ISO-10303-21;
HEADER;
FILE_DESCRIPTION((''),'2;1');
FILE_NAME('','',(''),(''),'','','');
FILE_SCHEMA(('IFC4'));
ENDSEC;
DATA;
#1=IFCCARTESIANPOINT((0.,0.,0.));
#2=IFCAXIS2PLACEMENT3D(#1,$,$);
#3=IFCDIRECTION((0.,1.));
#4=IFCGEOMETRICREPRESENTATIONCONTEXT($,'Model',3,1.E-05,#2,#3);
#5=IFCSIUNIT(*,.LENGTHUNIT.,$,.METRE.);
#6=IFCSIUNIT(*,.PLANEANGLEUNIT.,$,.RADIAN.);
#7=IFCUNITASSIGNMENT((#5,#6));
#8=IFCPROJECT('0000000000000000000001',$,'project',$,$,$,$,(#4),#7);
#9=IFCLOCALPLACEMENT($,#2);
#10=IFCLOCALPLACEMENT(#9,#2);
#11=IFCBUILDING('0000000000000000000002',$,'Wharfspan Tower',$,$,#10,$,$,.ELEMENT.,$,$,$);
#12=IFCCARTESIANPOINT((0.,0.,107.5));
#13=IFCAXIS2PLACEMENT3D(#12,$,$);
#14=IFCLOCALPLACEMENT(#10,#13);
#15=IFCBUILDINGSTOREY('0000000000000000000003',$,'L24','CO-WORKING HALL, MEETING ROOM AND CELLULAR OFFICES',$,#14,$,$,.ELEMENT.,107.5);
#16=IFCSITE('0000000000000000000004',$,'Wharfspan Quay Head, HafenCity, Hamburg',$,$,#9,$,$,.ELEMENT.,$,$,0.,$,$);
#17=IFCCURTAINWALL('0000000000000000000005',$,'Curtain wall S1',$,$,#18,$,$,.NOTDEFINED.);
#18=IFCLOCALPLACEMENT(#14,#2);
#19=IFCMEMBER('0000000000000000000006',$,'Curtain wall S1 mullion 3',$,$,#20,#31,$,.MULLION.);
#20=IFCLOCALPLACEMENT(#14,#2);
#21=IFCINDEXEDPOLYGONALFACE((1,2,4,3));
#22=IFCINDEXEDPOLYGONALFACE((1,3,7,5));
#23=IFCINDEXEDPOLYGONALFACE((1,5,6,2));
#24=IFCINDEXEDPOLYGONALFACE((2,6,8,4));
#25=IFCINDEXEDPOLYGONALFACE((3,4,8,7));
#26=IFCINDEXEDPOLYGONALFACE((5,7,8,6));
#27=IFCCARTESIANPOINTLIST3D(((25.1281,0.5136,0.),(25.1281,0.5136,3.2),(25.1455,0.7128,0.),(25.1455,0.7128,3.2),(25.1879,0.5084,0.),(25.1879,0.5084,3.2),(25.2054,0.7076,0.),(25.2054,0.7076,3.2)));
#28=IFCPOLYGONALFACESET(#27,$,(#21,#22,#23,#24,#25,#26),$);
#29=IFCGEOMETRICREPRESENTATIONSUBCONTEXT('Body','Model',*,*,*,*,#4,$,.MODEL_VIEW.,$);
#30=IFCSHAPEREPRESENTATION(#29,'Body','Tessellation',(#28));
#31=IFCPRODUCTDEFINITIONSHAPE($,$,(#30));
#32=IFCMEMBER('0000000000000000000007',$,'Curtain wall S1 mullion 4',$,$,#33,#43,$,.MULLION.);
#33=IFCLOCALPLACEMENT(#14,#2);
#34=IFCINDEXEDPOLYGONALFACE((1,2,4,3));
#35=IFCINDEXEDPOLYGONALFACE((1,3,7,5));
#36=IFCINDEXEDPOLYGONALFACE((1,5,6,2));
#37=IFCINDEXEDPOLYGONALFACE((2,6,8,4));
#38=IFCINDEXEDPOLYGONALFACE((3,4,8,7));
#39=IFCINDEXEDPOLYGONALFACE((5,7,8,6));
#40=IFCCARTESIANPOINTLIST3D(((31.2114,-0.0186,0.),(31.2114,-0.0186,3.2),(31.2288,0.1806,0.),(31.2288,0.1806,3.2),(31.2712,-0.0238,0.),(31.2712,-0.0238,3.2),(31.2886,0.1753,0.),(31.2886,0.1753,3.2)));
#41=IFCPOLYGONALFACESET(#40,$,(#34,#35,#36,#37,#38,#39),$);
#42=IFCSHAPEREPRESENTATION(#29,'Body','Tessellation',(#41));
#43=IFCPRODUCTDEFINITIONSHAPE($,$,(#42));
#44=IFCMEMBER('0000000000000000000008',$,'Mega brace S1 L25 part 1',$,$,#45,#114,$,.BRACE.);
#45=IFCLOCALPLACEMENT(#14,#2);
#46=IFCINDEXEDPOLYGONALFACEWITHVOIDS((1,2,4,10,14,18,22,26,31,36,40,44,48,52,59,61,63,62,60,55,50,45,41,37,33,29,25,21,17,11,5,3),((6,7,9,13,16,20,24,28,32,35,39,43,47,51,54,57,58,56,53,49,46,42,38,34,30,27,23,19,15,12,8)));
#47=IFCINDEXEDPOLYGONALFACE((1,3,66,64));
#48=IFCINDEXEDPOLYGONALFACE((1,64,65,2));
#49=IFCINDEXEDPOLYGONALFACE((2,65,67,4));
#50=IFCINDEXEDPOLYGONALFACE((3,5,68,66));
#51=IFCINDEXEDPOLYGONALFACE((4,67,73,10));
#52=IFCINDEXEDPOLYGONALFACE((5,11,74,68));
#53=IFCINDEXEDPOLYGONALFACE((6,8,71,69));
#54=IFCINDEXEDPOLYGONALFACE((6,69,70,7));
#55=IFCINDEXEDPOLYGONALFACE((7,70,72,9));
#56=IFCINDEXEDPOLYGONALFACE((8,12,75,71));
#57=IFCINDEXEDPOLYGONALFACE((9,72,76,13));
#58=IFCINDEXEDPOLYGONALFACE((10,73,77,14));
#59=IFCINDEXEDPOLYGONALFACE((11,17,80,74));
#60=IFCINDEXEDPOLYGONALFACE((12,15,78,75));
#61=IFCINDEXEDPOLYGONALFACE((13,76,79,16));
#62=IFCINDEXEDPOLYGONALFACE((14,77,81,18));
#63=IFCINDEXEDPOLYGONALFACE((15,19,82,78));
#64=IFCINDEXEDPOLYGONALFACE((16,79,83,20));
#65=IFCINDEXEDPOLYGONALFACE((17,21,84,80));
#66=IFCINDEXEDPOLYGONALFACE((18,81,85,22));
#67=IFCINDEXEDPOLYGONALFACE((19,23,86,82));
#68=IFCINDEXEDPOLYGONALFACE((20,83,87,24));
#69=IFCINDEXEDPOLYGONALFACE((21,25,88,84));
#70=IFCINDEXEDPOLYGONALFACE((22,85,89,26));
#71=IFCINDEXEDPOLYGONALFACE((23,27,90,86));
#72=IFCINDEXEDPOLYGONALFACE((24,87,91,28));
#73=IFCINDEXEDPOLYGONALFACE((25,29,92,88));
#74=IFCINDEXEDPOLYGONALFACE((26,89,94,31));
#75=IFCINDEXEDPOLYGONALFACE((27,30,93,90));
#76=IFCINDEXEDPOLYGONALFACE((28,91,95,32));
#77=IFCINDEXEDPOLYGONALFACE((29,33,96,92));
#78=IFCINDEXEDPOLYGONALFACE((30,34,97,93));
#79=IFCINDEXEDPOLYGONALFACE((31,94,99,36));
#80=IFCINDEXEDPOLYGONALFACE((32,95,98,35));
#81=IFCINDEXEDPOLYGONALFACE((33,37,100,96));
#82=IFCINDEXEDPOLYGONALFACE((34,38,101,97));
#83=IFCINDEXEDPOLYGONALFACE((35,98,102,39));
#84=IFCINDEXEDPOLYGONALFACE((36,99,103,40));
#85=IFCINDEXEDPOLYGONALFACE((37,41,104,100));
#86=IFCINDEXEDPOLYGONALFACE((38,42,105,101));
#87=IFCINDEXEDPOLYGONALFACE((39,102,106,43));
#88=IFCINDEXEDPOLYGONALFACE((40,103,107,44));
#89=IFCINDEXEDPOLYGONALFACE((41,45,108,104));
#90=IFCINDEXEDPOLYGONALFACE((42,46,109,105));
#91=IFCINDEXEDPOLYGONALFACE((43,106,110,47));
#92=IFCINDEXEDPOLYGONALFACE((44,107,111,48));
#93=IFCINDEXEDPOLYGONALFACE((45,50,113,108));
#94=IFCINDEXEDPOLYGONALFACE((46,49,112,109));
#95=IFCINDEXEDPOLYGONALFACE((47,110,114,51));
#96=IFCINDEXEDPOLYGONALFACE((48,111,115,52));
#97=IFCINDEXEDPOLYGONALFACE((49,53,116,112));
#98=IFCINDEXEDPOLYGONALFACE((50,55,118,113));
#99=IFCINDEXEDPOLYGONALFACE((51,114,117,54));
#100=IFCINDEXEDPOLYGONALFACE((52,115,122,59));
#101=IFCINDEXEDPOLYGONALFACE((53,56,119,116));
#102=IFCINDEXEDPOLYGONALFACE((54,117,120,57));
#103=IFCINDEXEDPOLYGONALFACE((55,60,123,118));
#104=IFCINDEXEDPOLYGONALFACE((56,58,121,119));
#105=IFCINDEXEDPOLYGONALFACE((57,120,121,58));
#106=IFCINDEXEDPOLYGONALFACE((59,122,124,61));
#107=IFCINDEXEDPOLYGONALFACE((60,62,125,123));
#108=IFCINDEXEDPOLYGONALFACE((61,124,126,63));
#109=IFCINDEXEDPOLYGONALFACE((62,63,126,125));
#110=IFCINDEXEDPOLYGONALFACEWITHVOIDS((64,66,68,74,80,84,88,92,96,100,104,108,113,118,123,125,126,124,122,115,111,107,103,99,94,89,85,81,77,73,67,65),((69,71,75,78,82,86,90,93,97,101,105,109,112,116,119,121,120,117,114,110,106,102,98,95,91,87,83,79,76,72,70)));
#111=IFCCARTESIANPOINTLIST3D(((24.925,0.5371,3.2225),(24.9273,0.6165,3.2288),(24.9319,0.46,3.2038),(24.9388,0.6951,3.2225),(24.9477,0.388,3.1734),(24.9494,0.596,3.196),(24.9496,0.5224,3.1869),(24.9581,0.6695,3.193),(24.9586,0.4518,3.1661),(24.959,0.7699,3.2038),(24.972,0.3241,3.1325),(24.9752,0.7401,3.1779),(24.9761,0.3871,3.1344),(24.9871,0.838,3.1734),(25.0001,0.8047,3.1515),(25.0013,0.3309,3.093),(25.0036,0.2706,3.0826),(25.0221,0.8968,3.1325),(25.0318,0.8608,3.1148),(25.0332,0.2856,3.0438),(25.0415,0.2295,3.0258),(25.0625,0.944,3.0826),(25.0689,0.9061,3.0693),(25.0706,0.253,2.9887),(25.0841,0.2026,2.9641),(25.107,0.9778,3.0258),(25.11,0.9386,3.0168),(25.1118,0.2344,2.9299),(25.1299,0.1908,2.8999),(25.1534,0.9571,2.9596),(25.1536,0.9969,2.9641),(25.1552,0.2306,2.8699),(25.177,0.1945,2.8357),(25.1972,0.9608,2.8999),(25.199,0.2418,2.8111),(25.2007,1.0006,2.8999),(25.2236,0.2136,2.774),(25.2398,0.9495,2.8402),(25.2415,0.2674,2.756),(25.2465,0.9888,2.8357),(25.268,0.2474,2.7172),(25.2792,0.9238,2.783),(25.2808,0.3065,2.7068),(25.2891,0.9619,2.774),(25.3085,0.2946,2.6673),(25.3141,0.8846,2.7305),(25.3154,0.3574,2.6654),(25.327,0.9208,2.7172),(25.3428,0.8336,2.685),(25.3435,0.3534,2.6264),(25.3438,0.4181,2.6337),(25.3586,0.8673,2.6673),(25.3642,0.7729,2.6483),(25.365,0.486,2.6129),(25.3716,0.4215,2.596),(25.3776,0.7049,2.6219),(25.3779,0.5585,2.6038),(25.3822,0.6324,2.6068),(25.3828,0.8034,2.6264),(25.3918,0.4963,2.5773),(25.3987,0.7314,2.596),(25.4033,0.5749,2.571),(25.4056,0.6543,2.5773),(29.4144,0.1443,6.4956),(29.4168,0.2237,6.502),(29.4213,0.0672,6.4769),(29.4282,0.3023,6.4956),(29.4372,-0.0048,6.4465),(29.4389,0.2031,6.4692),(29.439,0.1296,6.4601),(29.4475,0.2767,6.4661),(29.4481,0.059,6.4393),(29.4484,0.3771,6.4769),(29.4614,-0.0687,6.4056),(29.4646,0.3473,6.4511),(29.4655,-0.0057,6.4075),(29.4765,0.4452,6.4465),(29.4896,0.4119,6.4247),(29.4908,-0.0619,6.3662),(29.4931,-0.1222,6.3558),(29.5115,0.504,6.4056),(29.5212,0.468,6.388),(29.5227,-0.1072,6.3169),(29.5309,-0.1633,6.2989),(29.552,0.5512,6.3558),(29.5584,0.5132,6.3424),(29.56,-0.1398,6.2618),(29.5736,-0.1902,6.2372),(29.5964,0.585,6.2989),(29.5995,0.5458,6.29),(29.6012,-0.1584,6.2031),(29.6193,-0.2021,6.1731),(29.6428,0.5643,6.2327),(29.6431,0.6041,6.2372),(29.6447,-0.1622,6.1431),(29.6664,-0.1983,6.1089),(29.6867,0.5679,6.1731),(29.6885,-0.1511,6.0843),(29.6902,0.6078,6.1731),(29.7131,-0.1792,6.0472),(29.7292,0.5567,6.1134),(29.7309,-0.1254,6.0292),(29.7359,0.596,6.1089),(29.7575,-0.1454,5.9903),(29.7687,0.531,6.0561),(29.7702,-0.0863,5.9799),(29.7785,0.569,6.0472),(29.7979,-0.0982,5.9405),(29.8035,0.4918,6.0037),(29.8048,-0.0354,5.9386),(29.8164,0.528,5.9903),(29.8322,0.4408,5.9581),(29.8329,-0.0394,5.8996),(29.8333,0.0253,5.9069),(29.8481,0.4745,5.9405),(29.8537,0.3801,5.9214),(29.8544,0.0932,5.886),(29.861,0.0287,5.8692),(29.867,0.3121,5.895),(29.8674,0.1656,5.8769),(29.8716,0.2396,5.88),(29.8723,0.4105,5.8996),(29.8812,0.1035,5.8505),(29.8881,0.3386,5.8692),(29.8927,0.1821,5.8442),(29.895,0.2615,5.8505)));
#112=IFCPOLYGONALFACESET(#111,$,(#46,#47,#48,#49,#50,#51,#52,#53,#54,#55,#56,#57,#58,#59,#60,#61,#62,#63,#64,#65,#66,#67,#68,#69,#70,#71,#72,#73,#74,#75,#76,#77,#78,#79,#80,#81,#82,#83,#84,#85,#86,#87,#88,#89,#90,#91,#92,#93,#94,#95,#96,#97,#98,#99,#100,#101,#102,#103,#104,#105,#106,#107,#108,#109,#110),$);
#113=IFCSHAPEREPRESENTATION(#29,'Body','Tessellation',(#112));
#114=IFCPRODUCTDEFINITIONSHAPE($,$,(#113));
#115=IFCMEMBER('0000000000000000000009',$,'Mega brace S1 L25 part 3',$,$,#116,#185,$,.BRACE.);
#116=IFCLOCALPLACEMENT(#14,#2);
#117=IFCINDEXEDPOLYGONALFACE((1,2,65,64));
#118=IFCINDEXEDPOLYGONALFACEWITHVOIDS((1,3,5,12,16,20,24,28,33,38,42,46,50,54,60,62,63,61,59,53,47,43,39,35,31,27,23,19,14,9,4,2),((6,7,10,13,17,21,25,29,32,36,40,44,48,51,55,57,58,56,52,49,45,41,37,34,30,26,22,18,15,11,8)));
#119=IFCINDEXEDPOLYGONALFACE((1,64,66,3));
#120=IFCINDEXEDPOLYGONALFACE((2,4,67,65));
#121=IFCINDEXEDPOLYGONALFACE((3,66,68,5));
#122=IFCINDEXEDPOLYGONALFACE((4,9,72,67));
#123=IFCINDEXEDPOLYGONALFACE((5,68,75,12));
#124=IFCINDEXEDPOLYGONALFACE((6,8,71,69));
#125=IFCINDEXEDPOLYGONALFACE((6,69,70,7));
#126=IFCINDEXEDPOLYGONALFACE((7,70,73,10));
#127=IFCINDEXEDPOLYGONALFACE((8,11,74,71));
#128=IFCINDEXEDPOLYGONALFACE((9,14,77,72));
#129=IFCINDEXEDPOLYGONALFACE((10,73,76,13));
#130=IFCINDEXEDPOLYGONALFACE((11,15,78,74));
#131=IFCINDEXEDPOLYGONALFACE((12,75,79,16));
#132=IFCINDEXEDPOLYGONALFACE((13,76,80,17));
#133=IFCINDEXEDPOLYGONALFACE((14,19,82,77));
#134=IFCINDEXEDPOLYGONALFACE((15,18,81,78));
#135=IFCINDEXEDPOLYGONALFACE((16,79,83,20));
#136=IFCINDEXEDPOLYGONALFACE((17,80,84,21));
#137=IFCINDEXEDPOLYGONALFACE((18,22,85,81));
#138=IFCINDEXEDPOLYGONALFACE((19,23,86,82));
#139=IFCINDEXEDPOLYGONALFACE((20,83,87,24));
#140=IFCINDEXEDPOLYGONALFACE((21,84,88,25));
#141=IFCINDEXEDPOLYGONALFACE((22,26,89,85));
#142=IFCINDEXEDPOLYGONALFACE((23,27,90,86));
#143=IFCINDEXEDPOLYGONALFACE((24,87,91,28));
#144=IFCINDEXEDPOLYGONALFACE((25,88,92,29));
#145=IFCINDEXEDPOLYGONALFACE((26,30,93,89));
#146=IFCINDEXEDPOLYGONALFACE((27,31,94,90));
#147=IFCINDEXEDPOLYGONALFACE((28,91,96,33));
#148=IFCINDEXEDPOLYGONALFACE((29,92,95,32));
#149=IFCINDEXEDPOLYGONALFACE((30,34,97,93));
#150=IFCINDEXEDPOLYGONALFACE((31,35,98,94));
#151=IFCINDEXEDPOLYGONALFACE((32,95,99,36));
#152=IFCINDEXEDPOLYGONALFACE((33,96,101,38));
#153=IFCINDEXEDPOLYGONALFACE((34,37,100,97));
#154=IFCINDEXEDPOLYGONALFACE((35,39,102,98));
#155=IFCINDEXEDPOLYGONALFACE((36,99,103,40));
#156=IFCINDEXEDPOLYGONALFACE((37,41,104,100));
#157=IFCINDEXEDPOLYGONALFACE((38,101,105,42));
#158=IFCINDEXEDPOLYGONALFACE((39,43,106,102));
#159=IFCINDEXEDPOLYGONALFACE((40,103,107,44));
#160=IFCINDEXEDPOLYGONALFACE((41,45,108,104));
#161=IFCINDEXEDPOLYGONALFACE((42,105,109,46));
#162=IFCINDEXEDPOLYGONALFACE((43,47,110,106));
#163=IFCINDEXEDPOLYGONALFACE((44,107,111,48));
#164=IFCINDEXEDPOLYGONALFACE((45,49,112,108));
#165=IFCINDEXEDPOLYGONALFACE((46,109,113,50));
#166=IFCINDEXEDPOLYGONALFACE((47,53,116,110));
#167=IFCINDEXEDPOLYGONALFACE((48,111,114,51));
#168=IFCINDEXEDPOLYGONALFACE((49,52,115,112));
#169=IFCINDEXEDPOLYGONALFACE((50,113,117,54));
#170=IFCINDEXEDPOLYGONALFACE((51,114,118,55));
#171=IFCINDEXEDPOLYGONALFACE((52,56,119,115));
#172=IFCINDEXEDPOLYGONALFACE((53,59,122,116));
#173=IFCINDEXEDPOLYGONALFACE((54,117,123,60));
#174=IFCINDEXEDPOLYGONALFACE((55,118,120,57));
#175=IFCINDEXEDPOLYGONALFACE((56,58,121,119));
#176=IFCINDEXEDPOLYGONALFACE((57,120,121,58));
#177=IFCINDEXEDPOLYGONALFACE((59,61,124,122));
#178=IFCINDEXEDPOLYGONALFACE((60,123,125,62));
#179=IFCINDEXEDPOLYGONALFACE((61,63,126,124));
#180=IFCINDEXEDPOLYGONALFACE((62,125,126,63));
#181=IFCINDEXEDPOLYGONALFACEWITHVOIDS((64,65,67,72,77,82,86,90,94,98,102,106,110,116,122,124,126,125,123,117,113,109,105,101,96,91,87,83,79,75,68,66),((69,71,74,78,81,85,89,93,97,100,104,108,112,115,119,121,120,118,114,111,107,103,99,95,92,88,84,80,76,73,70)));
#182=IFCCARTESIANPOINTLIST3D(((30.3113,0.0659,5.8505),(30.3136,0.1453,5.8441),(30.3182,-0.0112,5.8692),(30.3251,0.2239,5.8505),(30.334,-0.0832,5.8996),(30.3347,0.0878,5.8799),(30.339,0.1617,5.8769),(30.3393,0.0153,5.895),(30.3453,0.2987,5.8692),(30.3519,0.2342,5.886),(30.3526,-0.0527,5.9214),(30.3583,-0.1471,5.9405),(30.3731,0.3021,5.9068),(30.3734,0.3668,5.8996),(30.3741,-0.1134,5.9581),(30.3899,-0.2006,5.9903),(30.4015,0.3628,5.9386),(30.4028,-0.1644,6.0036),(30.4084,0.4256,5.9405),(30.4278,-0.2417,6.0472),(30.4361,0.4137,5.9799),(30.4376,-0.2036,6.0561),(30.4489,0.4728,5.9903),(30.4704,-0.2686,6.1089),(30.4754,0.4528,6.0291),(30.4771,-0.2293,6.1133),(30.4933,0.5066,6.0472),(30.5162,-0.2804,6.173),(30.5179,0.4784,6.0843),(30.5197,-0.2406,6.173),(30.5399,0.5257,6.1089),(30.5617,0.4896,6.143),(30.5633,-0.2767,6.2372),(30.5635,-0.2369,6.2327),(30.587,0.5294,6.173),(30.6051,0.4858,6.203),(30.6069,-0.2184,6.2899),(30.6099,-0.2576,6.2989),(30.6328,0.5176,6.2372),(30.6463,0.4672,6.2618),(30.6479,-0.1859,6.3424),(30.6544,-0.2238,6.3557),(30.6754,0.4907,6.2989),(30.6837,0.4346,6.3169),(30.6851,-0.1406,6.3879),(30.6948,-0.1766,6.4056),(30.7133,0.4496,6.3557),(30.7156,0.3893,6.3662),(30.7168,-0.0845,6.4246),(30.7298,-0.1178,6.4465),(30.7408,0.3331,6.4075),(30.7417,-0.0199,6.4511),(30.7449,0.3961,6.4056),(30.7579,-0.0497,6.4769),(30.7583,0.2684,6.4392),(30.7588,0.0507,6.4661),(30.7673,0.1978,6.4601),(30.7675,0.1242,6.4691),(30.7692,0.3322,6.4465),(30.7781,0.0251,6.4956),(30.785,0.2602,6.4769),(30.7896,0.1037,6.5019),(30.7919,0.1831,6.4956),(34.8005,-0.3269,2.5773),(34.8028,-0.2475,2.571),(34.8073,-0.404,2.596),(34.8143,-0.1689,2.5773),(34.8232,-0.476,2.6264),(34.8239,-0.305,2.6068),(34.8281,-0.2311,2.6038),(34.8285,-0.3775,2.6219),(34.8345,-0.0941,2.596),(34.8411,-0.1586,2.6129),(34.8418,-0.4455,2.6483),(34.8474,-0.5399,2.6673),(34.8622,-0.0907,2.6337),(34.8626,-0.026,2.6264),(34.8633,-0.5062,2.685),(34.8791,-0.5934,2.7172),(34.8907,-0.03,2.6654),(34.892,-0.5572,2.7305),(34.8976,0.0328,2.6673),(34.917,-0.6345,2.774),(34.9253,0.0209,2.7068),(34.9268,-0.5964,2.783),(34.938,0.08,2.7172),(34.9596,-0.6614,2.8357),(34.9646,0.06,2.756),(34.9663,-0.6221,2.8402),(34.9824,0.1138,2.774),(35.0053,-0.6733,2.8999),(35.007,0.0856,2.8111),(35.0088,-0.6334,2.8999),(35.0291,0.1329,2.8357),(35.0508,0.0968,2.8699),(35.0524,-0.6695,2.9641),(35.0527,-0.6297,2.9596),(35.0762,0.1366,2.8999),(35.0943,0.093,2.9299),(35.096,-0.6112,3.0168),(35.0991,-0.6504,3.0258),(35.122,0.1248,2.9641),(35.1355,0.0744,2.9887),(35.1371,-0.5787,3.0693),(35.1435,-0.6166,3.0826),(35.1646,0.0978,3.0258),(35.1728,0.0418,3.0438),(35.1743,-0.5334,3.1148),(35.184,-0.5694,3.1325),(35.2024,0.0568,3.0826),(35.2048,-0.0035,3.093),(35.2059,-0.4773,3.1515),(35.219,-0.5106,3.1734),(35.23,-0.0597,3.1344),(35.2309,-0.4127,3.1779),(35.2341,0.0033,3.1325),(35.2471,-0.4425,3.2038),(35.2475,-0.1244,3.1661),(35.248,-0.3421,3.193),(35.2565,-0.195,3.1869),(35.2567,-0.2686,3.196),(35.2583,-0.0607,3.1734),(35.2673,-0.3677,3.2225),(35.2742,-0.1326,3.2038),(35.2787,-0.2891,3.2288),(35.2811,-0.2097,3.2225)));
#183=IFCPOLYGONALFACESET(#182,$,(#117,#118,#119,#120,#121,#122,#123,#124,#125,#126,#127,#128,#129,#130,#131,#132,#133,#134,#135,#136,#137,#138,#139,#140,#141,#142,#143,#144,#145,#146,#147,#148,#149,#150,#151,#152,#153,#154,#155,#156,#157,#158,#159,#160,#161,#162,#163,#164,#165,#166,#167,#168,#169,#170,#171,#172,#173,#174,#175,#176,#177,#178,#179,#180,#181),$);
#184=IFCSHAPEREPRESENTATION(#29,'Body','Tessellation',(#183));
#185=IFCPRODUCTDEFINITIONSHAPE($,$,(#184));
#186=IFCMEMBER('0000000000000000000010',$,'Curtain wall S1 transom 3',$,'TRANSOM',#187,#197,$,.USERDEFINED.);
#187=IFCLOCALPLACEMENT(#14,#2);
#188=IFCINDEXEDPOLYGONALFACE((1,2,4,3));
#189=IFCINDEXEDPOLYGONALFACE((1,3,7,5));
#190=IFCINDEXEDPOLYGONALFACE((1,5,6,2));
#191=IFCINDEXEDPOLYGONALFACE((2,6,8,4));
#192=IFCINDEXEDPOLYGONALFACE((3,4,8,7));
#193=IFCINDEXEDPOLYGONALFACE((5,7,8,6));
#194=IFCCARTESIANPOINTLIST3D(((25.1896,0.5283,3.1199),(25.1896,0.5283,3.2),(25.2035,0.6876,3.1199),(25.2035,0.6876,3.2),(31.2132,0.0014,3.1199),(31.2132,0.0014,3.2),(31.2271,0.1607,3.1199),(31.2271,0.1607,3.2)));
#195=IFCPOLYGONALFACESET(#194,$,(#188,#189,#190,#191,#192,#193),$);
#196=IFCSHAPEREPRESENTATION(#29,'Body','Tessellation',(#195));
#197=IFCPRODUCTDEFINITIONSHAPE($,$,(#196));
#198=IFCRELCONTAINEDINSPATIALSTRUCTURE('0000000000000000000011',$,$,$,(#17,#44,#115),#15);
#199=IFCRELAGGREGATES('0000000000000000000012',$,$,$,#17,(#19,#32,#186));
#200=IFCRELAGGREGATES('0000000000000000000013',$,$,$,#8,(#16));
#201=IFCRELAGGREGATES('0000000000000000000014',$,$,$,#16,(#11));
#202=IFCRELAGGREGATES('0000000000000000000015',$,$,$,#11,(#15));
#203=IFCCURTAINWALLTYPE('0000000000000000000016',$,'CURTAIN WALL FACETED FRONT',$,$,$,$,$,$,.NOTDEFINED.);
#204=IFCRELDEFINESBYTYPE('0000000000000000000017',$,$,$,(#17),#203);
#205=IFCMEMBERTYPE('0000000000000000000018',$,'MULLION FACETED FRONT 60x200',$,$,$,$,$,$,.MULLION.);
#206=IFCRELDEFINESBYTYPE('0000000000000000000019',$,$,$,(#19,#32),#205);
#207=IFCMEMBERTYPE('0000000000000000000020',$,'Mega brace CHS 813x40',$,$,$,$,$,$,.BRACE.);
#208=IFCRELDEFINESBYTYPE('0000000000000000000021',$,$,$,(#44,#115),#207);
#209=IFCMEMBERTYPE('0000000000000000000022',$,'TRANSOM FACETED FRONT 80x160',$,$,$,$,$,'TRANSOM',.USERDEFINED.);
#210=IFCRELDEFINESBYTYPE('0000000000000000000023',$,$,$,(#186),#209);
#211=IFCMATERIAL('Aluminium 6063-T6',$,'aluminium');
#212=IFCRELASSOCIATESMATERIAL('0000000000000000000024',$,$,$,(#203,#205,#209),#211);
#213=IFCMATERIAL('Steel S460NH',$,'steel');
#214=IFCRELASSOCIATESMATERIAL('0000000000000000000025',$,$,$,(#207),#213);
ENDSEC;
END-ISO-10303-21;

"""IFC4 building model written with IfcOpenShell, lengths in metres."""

from ifc_helpers import new_model, si_unit, direction, frame, origin, origin_2d, place, context, subcontext, project, spatial, rectangle, hollow_circle, extrude, material, material_profile, profile_set, type_object, element, aggregate, save


model = new_model("IFC4")

# Units and contexts
model_context = context("Model", 3, precision=1e-05, world=origin(), true_north=direction((0.0, 1.0)))
body_context = subcontext(model_context, "Body", "Model", "MODEL_VIEW")
ifc_project = project(units=[si_unit("LENGTHUNIT", "METRE"), si_unit("PLANEANGLEUNIT", "RADIAN")], contexts=[model_context])

# Site, building, storey
site_placement = place(None, origin())
site = spatial("IfcSite", under=ifc_project, at=site_placement, Name="Wharfspan Quay Head, HafenCity, Hamburg", CompositionType="ELEMENT", RefElevation=0.0)
building_placement = place(site_placement, origin())
building = spatial("IfcBuilding", under=site, at=building_placement, Name="Wharfspan Tower", CompositionType="ELEMENT")
storey_placement = place(building_placement, frame((0.0, 0.0, 107.5)))
storey = spatial("IfcBuildingStorey", under=building, at=storey_placement, Name="L24", Description="CO-WORKING HALL, MEETING ROOM AND CELLULAR OFFICES", CompositionType="ELEMENT", Elevation=107.5)

# Curtain wall, members
ifc_material_1 = material(Name="Aluminium 6063-T6", Category="aluminium")
curtain_wall_type = type_object("IfcCurtainWallType", Name="CURTAIN WALL FACETED FRONT", PredefinedType="NOTDEFINED", material=ifc_material_1)
curtain_wall_placement = place(storey_placement, origin())
curtain_wall = element("IfcCurtainWall", 1, at=curtain_wall_placement, inside=storey, type_object=curtain_wall_type, Name="Curtain wall S1", PredefinedType="NOTDEFINED")
ifc_material_profile_1 = material_profile(ifc_material_1, rectangle(XDim=0.2, YDim=0.0601, at=origin_2d()))
ifc_profile_set_1 = profile_set([ifc_material_profile_1], Name="Aluminium 6063-T6")
member_type_1 = type_object("IfcMemberType", Name="MULLION FACETED FRONT 60x200", PredefinedType="MULLION", material=ifc_profile_set_1)
member_1_placement = place(storey_placement, frame((25.1667, 0.6106, 0.0), z_axis=(0.0, 0.0, 1.0), x_axis=(0.087156, 0.996198, 0.0)))
member_1 = element("IfcMember", 2, at=member_1_placement, type_object=member_type_1, Name="Curtain wall S1 mullion 3", PredefinedType="MULLION", context=body_context, shape_type="SweptSolid", body=[
    extrude(rectangle(XDim=0.2, YDim=0.0601, at=origin_2d()), origin(), (0.0, 0.0, 1.0), 3.2),
])
member_2_placement = place(storey_placement, frame((31.25, 0.0784, 0.0), z_axis=(0.0, 0.0, 1.0), x_axis=(0.087156, 0.996198, 0.0)))
member_2 = element("IfcMember", 3, at=member_2_placement, type_object=member_type_1, Name="Curtain wall S1 mullion 4", PredefinedType="MULLION", context=body_context, shape_type="SweptSolid", body=[
    extrude(rectangle(XDim=0.2, YDim=0.0601, at=origin_2d()), origin(), (0.0, 0.0, 1.0), 3.2),
])

# Members
ifc_material_2 = material(Name="Steel S460NH", Category="steel")
ifc_material_profile_2 = material_profile(ifc_material_2, hollow_circle(Radius=0.4065, WallThickness=0.04, at=origin_2d()))
ifc_profile_set_2 = profile_set([ifc_material_profile_2], Name="Steel S460NH")
member_type_2 = type_object("IfcMemberType", Name="Mega brace CHS 813x40", PredefinedType="BRACE", material=ifc_profile_set_2)
member_3_placement = place(storey_placement, frame((25.1653, 0.5957, 2.8999), z_axis=(0.80603, -0.070526, 0.587658), x_axis=(0.087167, 0.996192, -0.000003)))
element("IfcMember", 4, at=member_3_placement, inside=storey, type_object=member_type_2, Name="Mega brace S1 L25 part 1", PredefinedType="BRACE", context=body_context, shape_type="SweptSolid", body=[
    extrude(hollow_circle(Radius=0.4065, WallThickness=0.04, at=origin_2d()), origin(), (0.0, 0.0, 1.0), 5.5698),
])
member_4_placement = place(storey_placement, frame((35.0408, -0.2683, 2.8999), z_axis=(-0.806015, 0.070528, 0.587679), x_axis=(-0.087171, -0.996191, -0.000003)))
element("IfcMember", 5, at=member_4_placement, inside=storey, type_object=member_type_2, Name="Mega brace S1 L25 part 3", PredefinedType="BRACE", context=body_context, shape_type="SweptSolid", body=[
    extrude(hollow_circle(Radius=0.4065, WallThickness=0.04, at=origin_2d()), origin(), (0.0, 0.0, 1.0), 5.5696),
])

# Member
ifc_material_profile_3 = material_profile(ifc_material_1, rectangle(XDim=0.1599, YDim=0.0801, at=origin_2d()))
ifc_profile_set_3 = profile_set([ifc_material_profile_3], Name="Aluminium 6063-T6")
member_type_3 = type_object("IfcMemberType", Name="TRANSOM FACETED FRONT 80x160", ElementType="TRANSOM", PredefinedType="USERDEFINED", material=ifc_profile_set_3)
member_5_placement = place(storey_placement, frame((25.1965, 0.6079, 3.1599), z_axis=(0.996197, -0.087131, 0.0), x_axis=(0.087131, 0.996197, 0.0)))
member_5 = element("IfcMember", 6, at=member_5_placement, type_object=member_type_3, Name="Curtain wall S1 transom 3", ObjectType="TRANSOM", PredefinedType="USERDEFINED", context=body_context, shape_type="SweptSolid", body=[
    extrude(rectangle(XDim=0.1599, YDim=0.0801, at=origin_2d()), origin(), (0.0, 0.0, 1.0), 6.0466),
])

aggregate(curtain_wall, [member_1, member_2, member_5])

save(model, "model.ifc")
